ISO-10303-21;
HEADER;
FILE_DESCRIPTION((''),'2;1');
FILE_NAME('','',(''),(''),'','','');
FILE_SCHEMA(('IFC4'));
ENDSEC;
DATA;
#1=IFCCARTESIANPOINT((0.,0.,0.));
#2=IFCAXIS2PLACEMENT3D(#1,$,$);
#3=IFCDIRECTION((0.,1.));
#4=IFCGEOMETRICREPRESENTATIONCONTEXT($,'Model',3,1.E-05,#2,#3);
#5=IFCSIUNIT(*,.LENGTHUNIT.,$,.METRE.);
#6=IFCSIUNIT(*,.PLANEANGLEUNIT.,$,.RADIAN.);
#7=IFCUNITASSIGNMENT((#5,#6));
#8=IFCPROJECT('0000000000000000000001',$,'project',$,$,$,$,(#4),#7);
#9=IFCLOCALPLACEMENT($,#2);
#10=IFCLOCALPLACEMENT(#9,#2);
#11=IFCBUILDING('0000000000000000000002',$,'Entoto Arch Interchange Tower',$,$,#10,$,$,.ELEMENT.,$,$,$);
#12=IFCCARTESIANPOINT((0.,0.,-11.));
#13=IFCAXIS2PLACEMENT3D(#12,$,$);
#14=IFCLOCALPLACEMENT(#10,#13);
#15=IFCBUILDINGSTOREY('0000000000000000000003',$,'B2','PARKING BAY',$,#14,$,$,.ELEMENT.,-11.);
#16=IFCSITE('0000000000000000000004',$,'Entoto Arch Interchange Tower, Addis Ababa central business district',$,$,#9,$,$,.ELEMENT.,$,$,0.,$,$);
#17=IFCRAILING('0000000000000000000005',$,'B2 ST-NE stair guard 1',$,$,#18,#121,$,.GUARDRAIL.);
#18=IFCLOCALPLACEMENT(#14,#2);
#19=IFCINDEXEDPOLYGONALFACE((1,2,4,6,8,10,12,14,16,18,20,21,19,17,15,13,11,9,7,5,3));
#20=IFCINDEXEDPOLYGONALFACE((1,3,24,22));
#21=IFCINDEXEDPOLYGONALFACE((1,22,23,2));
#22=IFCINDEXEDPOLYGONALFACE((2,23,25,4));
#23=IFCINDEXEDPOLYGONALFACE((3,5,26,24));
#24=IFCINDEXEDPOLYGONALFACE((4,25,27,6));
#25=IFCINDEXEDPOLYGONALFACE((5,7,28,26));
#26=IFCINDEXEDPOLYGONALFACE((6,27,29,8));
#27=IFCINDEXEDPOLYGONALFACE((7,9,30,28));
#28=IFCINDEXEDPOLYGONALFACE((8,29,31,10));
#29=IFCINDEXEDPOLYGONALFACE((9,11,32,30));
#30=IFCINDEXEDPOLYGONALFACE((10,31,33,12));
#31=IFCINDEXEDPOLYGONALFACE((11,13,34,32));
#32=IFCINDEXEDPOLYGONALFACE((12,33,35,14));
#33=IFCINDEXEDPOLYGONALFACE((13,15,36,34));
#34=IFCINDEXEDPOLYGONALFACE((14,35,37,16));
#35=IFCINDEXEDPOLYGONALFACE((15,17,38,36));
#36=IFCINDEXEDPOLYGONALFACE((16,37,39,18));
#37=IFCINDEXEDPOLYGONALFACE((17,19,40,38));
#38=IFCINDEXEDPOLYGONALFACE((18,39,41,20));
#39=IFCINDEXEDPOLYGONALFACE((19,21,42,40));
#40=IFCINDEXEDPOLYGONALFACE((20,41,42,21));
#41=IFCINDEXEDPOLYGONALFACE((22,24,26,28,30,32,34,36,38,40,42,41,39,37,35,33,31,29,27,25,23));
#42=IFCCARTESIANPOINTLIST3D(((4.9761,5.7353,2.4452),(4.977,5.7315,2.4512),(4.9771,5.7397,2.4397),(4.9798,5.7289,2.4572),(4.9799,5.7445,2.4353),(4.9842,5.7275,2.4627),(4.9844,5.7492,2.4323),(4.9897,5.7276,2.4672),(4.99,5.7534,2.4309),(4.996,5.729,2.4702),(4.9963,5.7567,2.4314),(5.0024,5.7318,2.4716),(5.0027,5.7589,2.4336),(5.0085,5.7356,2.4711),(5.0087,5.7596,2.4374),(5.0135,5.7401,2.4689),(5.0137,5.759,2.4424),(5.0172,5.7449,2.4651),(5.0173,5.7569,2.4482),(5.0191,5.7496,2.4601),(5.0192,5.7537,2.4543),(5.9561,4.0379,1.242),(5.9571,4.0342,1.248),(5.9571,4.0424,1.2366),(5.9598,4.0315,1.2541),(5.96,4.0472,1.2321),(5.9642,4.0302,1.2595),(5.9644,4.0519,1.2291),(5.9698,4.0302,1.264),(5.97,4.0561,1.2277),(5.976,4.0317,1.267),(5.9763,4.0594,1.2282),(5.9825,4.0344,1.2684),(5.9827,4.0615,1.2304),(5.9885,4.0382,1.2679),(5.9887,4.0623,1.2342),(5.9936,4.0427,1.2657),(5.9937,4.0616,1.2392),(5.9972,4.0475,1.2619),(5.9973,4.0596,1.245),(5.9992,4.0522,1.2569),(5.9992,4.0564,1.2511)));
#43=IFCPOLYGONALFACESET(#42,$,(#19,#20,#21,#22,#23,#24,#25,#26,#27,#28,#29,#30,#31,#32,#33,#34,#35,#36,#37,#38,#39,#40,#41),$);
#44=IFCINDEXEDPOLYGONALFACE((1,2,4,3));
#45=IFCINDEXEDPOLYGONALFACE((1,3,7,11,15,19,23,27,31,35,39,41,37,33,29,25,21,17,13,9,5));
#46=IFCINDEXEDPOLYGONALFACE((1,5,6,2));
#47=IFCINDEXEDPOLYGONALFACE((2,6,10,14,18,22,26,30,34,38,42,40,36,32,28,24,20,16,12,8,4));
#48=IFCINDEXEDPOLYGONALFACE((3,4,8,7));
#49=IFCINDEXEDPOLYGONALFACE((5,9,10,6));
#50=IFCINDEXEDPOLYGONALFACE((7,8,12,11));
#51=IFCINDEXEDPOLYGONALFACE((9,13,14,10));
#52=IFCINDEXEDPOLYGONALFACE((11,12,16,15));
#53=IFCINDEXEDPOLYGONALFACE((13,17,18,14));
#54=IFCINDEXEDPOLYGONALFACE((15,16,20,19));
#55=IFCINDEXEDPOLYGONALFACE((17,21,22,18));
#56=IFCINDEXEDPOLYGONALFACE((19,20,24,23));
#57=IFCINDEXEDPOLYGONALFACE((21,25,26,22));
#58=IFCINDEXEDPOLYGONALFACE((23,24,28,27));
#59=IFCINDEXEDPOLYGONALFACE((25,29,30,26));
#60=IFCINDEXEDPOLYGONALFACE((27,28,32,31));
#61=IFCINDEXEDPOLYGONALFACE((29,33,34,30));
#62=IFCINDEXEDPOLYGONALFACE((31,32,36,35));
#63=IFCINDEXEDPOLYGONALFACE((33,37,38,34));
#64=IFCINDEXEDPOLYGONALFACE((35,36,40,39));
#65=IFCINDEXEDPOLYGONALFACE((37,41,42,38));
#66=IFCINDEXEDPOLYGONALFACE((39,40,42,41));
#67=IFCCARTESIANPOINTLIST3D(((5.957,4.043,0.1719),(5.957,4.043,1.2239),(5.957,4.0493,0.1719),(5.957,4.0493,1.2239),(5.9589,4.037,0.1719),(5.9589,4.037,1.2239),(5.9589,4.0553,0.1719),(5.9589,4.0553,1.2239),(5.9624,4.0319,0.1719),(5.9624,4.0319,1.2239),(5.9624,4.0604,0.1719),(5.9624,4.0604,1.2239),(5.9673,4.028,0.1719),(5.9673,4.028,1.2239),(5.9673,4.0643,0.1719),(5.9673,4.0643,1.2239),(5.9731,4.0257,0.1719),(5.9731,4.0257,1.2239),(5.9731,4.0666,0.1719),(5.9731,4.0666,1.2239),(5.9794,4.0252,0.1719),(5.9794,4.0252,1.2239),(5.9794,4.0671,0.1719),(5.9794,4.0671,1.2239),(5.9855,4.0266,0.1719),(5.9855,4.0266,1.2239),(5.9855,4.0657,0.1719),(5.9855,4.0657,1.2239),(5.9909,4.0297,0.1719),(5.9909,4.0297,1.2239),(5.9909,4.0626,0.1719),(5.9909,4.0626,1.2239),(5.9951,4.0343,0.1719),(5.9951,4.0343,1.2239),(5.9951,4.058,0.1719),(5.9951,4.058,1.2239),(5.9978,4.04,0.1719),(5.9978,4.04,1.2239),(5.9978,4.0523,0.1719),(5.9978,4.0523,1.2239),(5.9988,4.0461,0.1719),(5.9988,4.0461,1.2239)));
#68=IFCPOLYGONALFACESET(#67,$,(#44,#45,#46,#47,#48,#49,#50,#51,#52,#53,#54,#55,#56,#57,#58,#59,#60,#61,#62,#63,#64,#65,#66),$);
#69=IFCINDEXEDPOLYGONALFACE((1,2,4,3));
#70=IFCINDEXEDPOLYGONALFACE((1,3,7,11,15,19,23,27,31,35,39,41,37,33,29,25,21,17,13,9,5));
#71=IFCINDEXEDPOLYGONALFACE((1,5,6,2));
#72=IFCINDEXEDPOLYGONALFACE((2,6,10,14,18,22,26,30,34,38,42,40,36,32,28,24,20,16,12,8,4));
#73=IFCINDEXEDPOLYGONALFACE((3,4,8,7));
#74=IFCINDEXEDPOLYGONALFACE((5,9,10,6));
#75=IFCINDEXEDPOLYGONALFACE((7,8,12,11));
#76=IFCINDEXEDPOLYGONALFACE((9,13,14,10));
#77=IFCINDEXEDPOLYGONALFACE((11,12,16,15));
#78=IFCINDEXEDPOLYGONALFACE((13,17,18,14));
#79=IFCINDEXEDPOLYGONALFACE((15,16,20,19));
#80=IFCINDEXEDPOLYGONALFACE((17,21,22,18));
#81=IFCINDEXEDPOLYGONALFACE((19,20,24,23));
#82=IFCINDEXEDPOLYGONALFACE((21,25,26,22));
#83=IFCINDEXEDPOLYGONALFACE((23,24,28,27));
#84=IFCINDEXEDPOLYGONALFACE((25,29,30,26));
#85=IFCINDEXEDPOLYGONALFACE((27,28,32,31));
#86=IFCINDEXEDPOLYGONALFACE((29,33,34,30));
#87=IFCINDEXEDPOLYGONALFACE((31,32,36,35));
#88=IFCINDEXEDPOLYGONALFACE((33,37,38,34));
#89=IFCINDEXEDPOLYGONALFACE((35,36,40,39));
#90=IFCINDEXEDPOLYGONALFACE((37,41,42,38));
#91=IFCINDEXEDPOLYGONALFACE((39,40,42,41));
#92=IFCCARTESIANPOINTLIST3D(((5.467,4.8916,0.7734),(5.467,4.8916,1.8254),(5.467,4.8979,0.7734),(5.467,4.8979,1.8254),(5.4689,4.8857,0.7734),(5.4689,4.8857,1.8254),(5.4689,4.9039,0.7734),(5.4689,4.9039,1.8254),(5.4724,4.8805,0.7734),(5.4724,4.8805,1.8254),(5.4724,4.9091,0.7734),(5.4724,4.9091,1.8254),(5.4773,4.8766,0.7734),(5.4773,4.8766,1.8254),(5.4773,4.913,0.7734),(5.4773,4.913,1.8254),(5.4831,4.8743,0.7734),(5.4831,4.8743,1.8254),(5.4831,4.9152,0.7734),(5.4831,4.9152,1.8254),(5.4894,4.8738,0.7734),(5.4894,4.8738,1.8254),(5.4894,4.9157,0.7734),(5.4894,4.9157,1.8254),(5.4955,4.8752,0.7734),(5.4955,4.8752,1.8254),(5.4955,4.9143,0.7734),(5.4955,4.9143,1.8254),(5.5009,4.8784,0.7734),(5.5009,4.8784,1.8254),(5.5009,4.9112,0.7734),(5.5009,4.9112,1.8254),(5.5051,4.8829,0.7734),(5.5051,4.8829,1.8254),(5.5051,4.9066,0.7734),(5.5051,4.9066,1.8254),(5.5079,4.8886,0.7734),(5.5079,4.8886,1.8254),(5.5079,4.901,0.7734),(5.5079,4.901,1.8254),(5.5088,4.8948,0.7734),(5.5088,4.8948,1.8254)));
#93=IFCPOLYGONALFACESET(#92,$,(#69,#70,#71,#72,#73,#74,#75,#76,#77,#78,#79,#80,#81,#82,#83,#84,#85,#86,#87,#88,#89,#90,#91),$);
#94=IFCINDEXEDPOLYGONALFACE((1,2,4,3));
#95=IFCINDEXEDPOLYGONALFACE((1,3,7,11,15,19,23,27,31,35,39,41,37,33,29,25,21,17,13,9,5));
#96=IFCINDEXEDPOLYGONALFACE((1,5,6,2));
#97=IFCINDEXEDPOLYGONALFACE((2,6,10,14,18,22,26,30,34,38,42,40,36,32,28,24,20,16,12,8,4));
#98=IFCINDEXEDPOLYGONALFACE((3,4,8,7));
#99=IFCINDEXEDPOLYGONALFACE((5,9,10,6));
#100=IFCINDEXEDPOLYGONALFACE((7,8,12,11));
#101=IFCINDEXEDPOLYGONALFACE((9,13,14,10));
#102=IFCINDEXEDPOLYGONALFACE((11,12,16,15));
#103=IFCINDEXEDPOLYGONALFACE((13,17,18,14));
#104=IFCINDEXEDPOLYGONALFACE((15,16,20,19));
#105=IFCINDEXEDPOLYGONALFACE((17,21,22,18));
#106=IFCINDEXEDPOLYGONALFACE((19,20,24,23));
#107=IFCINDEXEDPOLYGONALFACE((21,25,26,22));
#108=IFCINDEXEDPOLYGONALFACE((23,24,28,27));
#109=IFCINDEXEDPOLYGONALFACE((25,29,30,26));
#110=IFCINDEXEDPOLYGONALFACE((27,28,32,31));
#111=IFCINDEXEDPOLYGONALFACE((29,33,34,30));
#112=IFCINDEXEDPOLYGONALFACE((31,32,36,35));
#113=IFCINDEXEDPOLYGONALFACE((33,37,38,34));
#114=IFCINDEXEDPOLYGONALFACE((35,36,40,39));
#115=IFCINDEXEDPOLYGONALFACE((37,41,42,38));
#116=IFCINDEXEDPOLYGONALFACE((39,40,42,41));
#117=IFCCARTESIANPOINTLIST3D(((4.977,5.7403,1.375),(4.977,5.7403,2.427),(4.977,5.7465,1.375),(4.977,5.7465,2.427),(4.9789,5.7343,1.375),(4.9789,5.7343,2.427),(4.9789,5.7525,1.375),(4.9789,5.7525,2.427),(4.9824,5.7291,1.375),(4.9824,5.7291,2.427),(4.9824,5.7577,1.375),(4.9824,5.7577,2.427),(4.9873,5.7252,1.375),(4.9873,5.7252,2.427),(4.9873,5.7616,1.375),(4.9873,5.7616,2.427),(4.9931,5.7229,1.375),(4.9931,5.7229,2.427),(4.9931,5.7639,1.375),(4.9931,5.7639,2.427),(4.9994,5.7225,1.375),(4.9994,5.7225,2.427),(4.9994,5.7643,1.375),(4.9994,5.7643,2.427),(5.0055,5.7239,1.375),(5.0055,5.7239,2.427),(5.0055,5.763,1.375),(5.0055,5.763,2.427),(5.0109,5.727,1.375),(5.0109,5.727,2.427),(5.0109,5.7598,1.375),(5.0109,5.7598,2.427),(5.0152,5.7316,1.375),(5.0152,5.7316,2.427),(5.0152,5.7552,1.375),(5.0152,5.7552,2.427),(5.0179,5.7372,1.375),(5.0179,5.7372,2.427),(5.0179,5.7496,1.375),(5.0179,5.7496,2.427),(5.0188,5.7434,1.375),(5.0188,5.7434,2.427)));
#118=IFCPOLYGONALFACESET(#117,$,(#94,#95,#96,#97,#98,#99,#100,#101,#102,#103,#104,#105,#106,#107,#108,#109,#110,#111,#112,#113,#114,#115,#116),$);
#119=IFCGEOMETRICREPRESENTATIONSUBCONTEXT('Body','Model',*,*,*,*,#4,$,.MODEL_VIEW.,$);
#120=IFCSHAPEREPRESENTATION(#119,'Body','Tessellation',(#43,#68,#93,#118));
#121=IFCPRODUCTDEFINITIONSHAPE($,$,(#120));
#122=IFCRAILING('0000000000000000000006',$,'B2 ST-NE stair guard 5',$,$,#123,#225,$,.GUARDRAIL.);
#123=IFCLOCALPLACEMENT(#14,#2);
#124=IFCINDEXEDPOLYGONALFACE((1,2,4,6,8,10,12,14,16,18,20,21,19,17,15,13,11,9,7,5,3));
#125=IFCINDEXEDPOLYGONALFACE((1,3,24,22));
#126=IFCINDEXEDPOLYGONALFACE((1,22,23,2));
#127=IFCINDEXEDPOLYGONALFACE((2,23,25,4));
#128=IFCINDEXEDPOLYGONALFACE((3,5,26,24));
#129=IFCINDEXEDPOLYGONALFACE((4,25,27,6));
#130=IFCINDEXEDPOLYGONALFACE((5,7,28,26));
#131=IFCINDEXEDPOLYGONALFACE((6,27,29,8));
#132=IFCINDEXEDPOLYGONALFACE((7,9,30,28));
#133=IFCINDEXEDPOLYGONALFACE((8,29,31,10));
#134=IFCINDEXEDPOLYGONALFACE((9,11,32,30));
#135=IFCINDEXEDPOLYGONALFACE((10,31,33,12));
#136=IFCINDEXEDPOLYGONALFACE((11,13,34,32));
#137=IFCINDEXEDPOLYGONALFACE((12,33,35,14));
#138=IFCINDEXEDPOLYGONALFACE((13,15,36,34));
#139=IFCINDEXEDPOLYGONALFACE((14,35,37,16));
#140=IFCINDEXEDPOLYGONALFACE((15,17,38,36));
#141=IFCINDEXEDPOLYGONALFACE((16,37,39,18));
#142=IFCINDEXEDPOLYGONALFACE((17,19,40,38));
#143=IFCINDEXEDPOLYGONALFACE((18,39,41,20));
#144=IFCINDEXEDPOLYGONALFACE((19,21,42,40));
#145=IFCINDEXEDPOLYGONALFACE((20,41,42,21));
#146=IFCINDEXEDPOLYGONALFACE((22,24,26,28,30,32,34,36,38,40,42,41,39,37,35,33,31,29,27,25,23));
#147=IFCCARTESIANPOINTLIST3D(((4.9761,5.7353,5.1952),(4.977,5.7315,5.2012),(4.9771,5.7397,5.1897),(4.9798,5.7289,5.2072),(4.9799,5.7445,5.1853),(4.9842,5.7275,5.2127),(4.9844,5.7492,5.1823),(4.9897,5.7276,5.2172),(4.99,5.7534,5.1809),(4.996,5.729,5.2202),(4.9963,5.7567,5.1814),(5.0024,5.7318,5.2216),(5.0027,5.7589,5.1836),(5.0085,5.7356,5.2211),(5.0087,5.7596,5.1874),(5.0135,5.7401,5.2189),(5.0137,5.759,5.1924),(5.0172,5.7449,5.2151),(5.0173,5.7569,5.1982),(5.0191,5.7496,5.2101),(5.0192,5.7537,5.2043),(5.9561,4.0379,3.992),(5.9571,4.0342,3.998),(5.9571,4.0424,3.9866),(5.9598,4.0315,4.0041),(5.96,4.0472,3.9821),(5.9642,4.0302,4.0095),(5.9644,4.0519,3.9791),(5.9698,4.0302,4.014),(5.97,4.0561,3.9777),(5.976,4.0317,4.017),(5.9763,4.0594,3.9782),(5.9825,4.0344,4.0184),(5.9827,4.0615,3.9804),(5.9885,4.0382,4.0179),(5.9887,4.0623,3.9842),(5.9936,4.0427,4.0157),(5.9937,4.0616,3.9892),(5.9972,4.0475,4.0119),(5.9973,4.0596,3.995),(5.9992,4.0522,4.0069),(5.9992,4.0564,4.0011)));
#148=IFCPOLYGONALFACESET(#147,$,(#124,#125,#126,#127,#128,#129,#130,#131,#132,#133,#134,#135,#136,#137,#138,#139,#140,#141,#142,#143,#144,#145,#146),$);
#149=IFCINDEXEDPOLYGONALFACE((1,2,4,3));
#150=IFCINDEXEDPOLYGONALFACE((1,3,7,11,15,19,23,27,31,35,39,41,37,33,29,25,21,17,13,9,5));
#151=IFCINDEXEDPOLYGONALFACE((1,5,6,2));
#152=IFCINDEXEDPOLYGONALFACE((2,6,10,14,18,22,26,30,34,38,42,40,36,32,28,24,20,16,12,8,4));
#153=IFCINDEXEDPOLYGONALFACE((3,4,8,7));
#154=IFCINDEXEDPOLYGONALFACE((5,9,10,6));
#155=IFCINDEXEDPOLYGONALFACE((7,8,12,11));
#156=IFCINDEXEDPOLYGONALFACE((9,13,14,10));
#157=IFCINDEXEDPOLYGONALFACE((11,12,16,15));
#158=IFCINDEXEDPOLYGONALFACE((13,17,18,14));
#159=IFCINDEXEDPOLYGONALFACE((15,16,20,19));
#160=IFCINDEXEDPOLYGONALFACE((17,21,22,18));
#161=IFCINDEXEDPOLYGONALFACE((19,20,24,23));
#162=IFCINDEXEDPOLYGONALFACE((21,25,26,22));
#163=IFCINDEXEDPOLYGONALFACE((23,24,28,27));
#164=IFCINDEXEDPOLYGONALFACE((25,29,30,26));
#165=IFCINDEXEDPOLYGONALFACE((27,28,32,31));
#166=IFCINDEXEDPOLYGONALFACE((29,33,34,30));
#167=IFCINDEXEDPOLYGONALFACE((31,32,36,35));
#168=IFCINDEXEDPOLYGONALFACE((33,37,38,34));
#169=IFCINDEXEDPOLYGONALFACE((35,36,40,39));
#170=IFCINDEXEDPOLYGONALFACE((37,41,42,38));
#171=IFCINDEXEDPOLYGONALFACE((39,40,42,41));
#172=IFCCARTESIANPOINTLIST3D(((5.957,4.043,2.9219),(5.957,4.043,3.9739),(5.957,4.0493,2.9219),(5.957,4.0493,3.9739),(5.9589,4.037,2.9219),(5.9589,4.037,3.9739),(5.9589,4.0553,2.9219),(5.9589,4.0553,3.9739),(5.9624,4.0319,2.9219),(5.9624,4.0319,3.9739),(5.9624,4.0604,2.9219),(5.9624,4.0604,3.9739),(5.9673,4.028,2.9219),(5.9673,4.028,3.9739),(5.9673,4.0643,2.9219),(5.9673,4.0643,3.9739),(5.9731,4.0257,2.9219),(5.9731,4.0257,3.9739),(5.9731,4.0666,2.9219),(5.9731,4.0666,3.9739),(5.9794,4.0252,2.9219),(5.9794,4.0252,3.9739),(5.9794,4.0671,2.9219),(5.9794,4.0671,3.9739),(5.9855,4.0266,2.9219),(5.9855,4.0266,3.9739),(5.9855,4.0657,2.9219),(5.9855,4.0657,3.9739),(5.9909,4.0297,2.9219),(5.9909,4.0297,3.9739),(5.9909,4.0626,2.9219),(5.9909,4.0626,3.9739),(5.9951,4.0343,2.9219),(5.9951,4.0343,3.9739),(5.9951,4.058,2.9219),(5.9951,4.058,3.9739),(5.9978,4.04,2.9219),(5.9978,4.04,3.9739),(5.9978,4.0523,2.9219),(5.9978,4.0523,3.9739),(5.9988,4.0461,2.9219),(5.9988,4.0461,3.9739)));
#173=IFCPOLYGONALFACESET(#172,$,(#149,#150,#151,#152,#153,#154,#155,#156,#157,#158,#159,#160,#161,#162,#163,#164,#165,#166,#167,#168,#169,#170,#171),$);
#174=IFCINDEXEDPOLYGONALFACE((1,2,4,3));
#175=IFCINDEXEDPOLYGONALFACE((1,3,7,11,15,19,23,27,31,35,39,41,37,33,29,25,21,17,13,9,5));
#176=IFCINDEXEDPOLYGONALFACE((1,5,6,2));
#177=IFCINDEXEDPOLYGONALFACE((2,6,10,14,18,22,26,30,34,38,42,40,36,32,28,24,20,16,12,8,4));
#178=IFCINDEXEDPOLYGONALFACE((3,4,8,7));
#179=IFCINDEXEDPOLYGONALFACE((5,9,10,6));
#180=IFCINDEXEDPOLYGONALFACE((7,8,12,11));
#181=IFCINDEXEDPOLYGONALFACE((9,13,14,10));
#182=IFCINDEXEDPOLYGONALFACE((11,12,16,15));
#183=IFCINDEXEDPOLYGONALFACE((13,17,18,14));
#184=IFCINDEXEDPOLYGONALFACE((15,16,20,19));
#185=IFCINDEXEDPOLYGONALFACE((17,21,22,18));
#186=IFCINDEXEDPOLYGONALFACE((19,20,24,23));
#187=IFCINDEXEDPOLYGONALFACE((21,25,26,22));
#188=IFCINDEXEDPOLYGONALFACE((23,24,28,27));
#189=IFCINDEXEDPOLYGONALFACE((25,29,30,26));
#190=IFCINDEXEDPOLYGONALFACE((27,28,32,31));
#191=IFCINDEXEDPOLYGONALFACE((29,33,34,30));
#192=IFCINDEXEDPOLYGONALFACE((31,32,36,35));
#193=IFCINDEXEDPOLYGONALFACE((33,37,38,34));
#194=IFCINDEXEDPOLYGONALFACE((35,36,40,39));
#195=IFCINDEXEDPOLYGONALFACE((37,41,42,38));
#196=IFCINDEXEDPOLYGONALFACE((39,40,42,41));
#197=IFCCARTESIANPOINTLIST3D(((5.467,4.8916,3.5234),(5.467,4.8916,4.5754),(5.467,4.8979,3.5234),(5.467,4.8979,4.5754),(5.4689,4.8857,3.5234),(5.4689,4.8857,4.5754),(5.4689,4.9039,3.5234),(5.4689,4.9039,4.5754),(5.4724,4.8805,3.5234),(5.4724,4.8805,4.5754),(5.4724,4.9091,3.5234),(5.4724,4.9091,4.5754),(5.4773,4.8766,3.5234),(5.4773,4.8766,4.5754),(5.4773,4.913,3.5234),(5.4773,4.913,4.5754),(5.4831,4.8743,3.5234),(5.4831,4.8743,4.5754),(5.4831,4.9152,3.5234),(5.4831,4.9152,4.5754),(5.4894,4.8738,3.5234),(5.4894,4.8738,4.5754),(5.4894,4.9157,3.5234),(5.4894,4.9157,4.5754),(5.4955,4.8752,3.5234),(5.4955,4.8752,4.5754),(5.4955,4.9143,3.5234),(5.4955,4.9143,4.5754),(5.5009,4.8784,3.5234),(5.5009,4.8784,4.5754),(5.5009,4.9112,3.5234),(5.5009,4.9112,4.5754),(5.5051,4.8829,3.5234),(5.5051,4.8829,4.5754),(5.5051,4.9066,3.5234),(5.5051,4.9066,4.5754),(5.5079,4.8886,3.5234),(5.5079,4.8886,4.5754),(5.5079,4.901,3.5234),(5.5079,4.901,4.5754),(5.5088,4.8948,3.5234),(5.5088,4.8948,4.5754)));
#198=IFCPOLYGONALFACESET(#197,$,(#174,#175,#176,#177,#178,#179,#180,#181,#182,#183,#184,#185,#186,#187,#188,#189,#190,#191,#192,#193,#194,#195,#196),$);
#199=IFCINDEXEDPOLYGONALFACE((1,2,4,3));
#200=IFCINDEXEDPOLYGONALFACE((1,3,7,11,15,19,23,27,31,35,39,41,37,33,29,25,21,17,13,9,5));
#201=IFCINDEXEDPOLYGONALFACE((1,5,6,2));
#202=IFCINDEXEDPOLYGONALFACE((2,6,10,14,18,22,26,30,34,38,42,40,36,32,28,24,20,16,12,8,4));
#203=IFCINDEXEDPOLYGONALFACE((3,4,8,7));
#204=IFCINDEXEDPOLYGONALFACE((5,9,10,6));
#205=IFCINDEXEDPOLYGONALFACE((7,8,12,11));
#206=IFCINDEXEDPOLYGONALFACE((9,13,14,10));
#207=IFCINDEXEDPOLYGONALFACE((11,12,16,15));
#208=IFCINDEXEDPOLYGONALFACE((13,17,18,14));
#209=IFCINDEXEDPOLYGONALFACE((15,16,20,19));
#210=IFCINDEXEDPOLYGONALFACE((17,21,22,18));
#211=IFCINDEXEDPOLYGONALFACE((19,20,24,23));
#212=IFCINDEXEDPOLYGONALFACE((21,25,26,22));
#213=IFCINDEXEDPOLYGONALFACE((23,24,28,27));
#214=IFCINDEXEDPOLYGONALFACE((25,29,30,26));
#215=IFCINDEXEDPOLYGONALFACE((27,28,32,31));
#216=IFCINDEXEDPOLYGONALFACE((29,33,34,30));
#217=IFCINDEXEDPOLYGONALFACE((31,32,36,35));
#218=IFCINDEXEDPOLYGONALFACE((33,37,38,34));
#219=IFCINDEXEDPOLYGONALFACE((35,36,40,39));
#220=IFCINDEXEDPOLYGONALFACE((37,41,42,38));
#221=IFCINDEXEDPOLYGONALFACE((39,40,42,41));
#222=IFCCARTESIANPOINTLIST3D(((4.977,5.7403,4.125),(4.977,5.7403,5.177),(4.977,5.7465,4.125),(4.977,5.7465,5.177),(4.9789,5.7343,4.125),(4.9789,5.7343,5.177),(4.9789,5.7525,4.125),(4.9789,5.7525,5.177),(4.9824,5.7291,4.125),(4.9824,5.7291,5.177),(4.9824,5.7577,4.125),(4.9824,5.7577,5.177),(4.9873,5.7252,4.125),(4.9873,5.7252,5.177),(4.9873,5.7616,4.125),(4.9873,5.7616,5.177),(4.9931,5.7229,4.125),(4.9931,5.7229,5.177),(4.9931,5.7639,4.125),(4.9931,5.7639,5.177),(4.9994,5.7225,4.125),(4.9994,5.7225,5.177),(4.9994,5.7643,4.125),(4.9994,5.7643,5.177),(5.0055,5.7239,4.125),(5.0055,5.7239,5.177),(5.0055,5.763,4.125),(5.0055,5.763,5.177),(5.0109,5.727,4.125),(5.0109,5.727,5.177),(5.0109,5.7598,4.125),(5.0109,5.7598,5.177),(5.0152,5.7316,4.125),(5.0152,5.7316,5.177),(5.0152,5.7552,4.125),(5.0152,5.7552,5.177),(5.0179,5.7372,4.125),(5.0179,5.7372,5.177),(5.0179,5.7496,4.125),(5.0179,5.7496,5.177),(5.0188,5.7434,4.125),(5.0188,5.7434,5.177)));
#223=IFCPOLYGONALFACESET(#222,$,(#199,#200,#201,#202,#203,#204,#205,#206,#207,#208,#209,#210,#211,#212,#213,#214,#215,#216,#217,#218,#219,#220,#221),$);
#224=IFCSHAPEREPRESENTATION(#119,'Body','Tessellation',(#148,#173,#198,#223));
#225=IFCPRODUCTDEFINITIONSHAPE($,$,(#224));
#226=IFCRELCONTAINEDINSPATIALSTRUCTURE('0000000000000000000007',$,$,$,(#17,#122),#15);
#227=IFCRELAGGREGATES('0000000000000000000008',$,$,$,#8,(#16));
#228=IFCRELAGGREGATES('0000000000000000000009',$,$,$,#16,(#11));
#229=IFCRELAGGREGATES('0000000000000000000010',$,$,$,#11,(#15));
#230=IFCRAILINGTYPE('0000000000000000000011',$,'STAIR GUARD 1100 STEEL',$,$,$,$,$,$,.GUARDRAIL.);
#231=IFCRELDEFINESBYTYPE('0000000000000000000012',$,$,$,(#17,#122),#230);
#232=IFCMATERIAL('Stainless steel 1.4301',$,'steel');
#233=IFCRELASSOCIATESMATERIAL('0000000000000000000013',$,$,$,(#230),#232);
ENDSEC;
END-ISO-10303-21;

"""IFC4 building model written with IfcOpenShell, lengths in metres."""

from ifc_helpers import new_model, si_unit, direction, frame, origin, origin_2d, place, context, subcontext, project, spatial, circle, extrude, material, type_object, element, save


model = new_model("IFC4")

# Units and contexts
model_context = context("Model", 3, precision=1e-05, world=origin(), true_north=direction((0.0, 1.0)))
body_context = subcontext(model_context, "Body", "Model", "MODEL_VIEW")
ifc_project = project(units=[si_unit("LENGTHUNIT", "METRE"), si_unit("PLANEANGLEUNIT", "RADIAN")], contexts=[model_context])

# Site, building, storey
site_placement = place(None, origin())
site = spatial("IfcSite", under=ifc_project, at=site_placement, Name="Entoto Arch Interchange Tower, Addis Ababa central business district", CompositionType="ELEMENT", RefElevation=0.0)
building_placement = place(site_placement, origin())
building = spatial("IfcBuilding", under=site, at=building_placement, Name="Entoto Arch Interchange Tower", CompositionType="ELEMENT")
storey_placement = place(building_placement, frame((0.0, 0.0, -11.0)))
storey = spatial("IfcBuildingStorey", under=building, at=storey_placement, Name="B2", Description="PARKING BAY", CompositionType="ELEMENT", Elevation=-11.0)

# Railings
ifc_material_1 = material(Name="Stainless steel 1.4301", Category="steel")
railing_type_1 = type_object("IfcRailingType", Name="STAIR GUARD 1100 STEEL", PredefinedType="GUARDRAIL", material=ifc_material_1)
for number, where, name in (
    (1, (5.9778, 4.0461, 0.1719), "B2 ST-NE stair guard 1"),
    (2, (5.9778, 4.0461, 2.9219), "B2 ST-NE stair guard 5"),
):
    element("IfcRailing", number, at=place(storey_placement, frame(where)), inside=storey, type_object=railing_type_1, Name=name, PredefinedType="GUARDRAIL", context=body_context, shape_type="SweptSolid", body=[
        extrude(circle(Radius=0.0239, at=origin_2d()), frame((0.0, 0.0, 1.0762), z_axis=(-0.426136, 0.73804, 0.523168), x_axis=(-0.866011, -0.500024, 0.0)), (0.0, 0.0, 1.0), 2.2998),
        extrude(circle(Radius=0.021, at=origin_2d()), origin(), (0.0, 0.0, 1.0), 1.052),
        extrude(circle(Radius=0.021, at=origin_2d()), frame((-0.49, 0.8486, 0.6016)), (0.0, 0.0, 1.0), 1.052),
        extrude(circle(Radius=0.021, at=origin_2d()), frame((-0.98, 1.6973, 1.2031)), (0.0, 0.0, 1.0), 1.052),
    ])

save(model, "model.ifc")
